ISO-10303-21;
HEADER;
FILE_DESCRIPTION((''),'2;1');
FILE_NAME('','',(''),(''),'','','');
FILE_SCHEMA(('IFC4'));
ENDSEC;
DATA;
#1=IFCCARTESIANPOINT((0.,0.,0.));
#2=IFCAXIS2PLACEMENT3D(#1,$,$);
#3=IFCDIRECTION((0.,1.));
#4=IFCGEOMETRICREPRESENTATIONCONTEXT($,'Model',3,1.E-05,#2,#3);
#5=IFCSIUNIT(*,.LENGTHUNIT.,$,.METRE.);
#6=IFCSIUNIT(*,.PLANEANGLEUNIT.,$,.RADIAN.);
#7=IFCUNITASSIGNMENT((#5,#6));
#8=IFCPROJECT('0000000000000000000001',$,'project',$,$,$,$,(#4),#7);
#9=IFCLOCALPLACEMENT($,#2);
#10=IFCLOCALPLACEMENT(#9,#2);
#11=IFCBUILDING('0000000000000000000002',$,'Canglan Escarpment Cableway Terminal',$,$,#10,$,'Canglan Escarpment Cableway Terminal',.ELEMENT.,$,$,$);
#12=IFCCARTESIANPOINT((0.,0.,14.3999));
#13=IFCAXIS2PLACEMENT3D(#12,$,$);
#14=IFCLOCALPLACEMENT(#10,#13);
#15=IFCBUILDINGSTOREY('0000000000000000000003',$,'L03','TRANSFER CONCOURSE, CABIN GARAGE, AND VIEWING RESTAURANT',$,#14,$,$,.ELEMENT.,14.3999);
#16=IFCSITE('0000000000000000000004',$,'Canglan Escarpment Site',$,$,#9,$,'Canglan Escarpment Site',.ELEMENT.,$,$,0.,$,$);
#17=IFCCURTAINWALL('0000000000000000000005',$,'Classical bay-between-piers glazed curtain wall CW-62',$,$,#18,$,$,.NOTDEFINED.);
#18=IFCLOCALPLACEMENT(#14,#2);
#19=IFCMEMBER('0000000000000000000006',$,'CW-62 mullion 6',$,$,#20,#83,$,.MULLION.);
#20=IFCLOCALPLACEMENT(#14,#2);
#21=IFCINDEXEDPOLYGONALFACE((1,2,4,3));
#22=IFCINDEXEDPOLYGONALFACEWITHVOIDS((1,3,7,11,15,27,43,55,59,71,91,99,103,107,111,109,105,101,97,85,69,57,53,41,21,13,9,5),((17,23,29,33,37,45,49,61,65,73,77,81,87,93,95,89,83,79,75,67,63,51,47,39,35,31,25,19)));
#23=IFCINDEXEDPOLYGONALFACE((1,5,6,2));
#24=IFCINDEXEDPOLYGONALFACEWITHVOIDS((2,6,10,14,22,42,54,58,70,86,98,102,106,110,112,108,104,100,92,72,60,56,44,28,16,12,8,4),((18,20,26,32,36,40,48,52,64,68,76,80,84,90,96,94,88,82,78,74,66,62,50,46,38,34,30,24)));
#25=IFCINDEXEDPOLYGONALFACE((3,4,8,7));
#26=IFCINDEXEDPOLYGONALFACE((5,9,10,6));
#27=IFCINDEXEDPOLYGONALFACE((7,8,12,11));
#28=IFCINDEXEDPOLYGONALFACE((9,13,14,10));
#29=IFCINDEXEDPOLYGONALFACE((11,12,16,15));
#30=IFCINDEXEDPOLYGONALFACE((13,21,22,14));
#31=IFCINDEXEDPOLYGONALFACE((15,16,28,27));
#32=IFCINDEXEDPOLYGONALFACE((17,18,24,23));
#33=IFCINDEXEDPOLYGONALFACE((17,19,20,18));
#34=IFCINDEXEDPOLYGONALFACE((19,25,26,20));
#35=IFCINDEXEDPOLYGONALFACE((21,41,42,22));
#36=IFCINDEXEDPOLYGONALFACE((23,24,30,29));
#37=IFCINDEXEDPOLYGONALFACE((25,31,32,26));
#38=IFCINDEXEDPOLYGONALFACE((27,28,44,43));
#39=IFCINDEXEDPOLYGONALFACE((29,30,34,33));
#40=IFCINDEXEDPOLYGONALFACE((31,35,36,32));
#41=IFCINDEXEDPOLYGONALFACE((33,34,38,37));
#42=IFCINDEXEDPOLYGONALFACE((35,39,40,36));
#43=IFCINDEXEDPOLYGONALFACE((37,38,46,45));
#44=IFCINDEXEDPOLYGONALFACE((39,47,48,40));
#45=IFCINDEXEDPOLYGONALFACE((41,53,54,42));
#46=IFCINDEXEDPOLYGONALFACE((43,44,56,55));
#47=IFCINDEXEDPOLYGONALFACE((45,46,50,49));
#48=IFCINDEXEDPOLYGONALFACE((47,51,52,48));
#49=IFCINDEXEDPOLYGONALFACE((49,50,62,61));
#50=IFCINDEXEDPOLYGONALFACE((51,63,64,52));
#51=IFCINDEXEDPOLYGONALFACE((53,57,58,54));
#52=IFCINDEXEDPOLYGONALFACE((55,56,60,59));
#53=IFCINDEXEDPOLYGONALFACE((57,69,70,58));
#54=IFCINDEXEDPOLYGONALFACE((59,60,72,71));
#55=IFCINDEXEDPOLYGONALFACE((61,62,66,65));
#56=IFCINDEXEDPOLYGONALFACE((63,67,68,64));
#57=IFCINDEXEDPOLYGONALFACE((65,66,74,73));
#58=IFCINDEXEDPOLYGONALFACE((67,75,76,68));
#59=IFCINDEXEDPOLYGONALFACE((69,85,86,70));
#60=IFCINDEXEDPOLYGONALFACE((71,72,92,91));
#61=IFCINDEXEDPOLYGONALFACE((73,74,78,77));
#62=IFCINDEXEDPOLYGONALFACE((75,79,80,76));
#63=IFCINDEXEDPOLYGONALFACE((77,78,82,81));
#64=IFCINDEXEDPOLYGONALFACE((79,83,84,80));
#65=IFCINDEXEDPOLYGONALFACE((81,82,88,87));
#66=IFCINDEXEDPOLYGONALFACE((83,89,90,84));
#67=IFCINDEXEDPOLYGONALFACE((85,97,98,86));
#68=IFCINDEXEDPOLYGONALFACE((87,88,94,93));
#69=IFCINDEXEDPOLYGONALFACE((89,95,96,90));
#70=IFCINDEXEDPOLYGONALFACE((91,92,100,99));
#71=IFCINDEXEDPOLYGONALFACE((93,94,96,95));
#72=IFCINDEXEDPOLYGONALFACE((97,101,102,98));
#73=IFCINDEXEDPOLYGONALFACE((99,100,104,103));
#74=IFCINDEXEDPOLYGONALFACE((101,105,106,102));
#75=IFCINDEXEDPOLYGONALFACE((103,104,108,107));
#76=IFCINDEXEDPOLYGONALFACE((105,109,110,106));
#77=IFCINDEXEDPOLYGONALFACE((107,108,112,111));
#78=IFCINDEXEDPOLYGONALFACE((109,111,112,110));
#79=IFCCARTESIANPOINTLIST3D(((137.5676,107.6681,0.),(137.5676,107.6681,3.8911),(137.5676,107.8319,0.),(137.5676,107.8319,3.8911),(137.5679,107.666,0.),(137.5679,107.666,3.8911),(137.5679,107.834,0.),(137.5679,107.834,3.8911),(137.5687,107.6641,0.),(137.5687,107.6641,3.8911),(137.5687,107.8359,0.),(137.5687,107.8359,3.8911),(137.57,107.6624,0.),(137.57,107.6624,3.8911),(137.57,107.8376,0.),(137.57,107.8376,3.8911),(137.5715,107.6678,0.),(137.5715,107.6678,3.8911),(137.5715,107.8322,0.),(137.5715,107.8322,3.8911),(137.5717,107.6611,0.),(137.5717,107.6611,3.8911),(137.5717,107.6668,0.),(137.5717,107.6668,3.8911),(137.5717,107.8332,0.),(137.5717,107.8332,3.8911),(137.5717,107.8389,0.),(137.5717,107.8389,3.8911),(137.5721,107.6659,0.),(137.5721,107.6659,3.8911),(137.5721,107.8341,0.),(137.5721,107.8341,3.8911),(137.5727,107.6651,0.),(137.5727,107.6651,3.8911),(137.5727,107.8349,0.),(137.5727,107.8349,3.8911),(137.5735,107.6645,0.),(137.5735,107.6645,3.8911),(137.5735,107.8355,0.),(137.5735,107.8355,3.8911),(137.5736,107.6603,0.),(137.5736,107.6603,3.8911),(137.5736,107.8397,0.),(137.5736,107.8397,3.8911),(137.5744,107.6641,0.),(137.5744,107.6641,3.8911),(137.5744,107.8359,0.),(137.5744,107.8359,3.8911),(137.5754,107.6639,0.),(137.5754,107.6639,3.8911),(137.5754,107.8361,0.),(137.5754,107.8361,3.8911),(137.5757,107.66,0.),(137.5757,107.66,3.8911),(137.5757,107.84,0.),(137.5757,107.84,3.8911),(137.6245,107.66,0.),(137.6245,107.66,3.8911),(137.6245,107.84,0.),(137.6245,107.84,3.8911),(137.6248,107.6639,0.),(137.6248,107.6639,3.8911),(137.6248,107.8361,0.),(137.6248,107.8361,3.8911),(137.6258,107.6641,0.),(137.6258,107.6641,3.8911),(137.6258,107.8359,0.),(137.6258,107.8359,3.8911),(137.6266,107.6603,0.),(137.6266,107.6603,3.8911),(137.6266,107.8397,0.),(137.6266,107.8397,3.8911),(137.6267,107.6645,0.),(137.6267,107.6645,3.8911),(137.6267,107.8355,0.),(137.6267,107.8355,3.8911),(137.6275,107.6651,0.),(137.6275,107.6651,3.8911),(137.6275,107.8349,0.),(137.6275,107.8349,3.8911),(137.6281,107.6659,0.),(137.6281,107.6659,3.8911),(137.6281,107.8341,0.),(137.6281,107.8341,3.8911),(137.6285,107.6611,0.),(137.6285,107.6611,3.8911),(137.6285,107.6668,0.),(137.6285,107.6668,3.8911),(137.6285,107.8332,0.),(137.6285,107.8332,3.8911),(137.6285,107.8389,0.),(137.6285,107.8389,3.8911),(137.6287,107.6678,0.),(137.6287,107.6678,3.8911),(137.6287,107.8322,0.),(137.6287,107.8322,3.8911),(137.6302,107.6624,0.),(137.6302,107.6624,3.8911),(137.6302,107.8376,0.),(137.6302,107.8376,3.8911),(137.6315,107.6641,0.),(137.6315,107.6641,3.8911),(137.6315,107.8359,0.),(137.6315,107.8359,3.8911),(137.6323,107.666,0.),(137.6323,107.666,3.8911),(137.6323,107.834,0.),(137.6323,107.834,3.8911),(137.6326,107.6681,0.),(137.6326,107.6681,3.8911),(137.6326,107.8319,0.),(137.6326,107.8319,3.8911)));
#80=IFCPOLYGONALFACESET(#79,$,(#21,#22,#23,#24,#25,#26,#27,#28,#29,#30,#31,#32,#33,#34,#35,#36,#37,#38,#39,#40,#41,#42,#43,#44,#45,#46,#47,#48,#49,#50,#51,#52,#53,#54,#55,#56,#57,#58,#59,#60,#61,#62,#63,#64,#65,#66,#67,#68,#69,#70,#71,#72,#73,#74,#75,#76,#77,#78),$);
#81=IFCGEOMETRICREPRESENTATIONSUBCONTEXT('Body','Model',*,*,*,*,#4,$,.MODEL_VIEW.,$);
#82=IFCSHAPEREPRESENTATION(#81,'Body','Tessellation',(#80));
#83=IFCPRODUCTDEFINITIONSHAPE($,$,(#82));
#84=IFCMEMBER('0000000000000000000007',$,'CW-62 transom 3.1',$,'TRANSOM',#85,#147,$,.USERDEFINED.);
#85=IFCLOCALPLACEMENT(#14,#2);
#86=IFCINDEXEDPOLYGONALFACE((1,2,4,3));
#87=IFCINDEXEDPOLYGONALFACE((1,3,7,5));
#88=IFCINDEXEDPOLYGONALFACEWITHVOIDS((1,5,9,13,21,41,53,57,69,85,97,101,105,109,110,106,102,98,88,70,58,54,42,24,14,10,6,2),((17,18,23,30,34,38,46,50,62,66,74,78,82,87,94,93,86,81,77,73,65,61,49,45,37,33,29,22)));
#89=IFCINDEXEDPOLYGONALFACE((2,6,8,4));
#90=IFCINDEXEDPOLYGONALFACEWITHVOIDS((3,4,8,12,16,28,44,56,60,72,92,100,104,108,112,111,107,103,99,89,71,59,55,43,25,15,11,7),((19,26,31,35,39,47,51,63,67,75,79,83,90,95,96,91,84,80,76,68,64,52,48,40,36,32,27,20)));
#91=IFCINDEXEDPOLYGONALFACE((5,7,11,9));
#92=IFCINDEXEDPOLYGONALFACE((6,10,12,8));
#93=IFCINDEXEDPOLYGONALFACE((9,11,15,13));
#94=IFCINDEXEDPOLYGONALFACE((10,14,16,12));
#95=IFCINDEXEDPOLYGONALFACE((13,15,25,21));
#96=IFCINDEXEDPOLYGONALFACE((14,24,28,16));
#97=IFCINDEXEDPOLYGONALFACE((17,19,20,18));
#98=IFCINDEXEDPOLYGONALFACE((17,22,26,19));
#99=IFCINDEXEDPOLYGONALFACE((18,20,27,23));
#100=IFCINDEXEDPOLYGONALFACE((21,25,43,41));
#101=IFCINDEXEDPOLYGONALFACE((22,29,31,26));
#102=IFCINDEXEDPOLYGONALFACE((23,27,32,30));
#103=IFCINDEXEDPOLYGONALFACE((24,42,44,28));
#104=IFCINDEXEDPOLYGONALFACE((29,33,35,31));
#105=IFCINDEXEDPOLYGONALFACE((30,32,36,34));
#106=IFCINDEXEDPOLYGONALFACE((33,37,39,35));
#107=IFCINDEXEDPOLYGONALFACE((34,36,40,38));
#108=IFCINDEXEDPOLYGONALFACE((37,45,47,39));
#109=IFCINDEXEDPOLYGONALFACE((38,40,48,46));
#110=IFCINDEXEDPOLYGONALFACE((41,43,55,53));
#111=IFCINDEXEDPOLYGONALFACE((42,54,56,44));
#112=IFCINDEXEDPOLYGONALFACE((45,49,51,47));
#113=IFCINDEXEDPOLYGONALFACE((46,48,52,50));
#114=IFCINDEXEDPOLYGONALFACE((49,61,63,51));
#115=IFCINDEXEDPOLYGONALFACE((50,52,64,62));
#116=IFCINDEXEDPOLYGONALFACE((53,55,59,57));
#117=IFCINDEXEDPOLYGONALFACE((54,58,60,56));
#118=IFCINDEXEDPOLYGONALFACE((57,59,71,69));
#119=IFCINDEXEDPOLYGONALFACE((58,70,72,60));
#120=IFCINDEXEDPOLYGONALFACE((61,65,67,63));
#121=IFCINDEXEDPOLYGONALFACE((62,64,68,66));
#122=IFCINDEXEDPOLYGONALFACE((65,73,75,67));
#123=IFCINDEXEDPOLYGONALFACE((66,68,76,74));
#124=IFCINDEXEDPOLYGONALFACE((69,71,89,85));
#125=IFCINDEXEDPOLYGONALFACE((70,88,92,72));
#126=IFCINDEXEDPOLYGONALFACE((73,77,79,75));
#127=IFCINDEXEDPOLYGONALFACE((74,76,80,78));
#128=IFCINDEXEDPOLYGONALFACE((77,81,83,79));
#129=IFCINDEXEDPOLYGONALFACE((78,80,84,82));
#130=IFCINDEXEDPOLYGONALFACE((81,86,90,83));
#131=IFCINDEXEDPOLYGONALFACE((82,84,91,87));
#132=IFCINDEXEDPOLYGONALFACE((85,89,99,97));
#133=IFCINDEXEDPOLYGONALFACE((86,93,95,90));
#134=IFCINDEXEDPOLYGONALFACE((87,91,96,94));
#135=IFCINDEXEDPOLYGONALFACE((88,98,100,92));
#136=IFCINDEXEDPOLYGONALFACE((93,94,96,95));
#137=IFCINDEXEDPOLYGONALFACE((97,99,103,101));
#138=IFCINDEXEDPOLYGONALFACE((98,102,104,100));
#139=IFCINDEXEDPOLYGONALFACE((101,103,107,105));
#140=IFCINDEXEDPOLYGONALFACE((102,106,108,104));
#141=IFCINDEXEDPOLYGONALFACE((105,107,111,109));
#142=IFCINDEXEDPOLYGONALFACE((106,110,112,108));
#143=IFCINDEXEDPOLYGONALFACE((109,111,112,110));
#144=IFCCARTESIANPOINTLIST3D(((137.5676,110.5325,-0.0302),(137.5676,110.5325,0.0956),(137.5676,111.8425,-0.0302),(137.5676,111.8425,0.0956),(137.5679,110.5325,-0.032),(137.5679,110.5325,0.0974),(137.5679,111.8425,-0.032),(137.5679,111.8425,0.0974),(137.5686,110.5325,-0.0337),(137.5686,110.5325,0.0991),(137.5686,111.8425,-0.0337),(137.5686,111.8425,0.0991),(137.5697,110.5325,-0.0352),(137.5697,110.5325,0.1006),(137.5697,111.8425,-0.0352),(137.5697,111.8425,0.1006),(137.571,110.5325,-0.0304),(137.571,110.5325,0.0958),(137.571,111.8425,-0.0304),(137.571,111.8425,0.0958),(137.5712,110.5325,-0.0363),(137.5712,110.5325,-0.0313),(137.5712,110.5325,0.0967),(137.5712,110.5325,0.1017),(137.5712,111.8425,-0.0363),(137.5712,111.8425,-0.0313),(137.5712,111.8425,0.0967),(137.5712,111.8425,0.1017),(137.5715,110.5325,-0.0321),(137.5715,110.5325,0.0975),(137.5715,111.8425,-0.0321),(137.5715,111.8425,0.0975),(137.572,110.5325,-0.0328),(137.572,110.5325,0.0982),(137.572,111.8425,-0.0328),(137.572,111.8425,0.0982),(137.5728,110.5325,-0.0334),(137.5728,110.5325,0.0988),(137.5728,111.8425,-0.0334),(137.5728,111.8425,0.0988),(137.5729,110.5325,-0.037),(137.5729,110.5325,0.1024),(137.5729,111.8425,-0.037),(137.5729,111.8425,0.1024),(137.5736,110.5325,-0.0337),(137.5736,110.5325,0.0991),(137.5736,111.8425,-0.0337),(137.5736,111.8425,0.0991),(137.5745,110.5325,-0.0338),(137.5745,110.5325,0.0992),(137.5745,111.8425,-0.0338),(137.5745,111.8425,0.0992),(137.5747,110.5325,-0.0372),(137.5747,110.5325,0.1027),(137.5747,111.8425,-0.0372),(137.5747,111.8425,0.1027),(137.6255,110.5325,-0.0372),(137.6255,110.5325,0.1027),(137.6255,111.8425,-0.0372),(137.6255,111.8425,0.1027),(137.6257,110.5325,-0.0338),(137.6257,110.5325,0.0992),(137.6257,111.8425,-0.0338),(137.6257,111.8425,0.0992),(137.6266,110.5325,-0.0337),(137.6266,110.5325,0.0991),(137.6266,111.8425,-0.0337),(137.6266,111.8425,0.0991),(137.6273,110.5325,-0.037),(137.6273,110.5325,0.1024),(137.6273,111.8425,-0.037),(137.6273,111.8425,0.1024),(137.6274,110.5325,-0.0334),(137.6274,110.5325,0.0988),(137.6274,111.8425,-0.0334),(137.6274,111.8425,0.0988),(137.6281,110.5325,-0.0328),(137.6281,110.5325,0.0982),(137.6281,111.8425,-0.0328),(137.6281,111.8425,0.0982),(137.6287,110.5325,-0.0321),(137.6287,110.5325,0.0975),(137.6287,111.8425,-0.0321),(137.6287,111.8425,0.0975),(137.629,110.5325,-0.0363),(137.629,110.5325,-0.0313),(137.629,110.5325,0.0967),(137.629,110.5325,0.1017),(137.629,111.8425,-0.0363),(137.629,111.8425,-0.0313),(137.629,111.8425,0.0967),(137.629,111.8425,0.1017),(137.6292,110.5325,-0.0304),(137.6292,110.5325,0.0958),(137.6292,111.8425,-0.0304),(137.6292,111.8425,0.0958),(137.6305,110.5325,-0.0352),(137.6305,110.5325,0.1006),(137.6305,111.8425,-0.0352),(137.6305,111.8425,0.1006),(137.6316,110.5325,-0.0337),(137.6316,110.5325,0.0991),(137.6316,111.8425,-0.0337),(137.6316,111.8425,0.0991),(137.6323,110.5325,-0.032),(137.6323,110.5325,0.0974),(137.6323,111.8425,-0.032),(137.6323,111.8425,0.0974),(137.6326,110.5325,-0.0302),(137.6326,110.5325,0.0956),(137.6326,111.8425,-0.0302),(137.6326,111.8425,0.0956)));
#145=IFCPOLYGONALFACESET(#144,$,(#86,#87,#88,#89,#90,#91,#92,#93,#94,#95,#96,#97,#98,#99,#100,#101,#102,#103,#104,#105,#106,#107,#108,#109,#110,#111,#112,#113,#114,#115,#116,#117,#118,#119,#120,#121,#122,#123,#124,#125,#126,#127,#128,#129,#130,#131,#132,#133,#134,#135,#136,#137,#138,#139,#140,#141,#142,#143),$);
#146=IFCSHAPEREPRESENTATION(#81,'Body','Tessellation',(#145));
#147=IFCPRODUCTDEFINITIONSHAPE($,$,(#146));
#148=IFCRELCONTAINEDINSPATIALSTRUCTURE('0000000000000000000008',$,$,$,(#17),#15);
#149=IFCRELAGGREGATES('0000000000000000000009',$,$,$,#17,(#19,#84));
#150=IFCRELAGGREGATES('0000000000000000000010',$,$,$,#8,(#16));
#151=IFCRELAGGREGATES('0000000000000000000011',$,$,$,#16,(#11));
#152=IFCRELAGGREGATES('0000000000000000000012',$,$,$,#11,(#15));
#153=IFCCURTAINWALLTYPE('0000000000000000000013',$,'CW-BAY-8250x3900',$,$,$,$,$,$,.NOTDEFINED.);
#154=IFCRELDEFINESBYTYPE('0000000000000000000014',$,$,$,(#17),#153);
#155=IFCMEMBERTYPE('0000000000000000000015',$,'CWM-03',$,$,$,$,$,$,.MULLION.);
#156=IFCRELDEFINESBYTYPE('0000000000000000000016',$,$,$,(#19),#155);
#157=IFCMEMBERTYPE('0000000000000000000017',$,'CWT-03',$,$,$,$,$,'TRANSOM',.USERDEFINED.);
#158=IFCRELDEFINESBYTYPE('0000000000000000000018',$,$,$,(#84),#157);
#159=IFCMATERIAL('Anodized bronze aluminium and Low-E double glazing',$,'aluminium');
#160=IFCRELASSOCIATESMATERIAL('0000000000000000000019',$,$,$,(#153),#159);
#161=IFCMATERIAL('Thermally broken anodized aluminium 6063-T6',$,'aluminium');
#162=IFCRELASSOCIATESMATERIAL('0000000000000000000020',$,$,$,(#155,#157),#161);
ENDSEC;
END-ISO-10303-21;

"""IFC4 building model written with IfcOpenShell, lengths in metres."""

from ifc_helpers import new_model, si_unit, direction, frame, origin, origin_2d, place, context, subcontext, project, spatial, hollow_rectangle, extrude, material, material_profile, profile_set, type_object, element, aggregate, save


model = new_model("IFC4")

# Units and contexts
model_context = context("Model", 3, precision=1e-05, world=origin(), true_north=direction((0.0, 1.0)))
body_context = subcontext(model_context, "Body", "Model", "MODEL_VIEW")
ifc_project = project(units=[si_unit("LENGTHUNIT", "METRE"), si_unit("PLANEANGLEUNIT", "RADIAN")], contexts=[model_context])

# Site, building, storey
site_placement = place(None, origin())
site = spatial("IfcSite", under=ifc_project, at=site_placement, Name="Canglan Escarpment Site", LongName="Canglan Escarpment Site", CompositionType="ELEMENT", RefElevation=0.0)
building_placement = place(site_placement, origin())
building = spatial("IfcBuilding", under=site, at=building_placement, Name="Canglan Escarpment Cableway Terminal", LongName="Canglan Escarpment Cableway Terminal", CompositionType="ELEMENT")
storey_placement = place(building_placement, frame((0.0, 0.0, 14.3999)))
storey = spatial("IfcBuildingStorey", under=building, at=storey_placement, Name="L03", Description="TRANSFER CONCOURSE, CABIN GARAGE, AND VIEWING RESTAURANT", CompositionType="ELEMENT", Elevation=14.3999)

# Curtain wall, members
ifc_material_1 = material(Name="Anodized bronze aluminium and Low-E double glazing", Category="aluminium")
curtain_wall_type = type_object("IfcCurtainWallType", Name="CW-BAY-8250x3900", PredefinedType="NOTDEFINED", material=ifc_material_1)
curtain_wall_placement = place(storey_placement, origin())
curtain_wall = element("IfcCurtainWall", 1, at=curtain_wall_placement, inside=storey, type_object=curtain_wall_type, Name="Classical bay-between-piers glazed curtain wall CW-62", PredefinedType="NOTDEFINED")
ifc_material_2 = material(Name="Thermally broken anodized aluminium 6063-T6", Category="aluminium")
ifc_material_profile_1 = material_profile(ifc_material_2, hollow_rectangle(XDim=0.0649, YDim=0.1799, WallThickness=0.0039, InnerFilletRadius=0.0039, OuterFilletRadius=0.0081, at=origin_2d()), Name="ALU-MULL 65x180x4")
ifc_profile_set_1 = profile_set([ifc_material_profile_1], Name="Thermally broken anodized aluminium 6063-T6")
member_type_1 = type_object("IfcMemberType", Name="CWM-03", PredefinedType="MULLION", material=ifc_profile_set_1)
member_1_placement = place(storey_placement, frame((137.6001, 107.75, 0.0), z_axis=(0.0, 0.0, 1.0), x_axis=(1.0, 0.0, 0.0)))
member_1 = element("IfcMember", 2, at=member_1_placement, type_object=member_type_1, Name="CW-62 mullion 6", PredefinedType="MULLION", context=body_context, shape_type="SweptSolid", body=[
    extrude(hollow_rectangle(XDim=0.0649, YDim=0.1799, WallThickness=0.0039, InnerFilletRadius=0.0039, OuterFilletRadius=0.0081, at=origin_2d()), origin(), (0.0, 0.0, 1.0), 3.8911),
])
ifc_material_profile_2 = material_profile(ifc_material_2, hollow_rectangle(XDim=0.0649, YDim=0.1399, WallThickness=0.0034, InnerFilletRadius=0.0034, OuterFilletRadius=0.0071, at=origin_2d()), Name="ALU-TRAN 65x140x3.5")
ifc_profile_set_2 = profile_set([ifc_material_profile_2], Name="Thermally broken anodized aluminium 6063-T6")
member_type_2 = type_object("IfcMemberType", Name="CWT-03", ElementType="TRANSOM", PredefinedType="USERDEFINED", material=ifc_profile_set_2)
member_2_placement = place(storey_placement, frame((137.6001, 111.8425, 0.0327), z_axis=(0.0, -1.0, 0.0), x_axis=(1.0, 0.0, 0.0)))
member_2 = element("IfcMember", 3, at=member_2_placement, type_object=member_type_2, Name="CW-62 transom 3.1", ObjectType="TRANSOM", PredefinedType="USERDEFINED", context=body_context, shape_type="SweptSolid", body=[
    extrude(hollow_rectangle(XDim=0.0649, YDim=0.1399, WallThickness=0.0034, InnerFilletRadius=0.0034, OuterFilletRadius=0.0071, at=origin_2d()), origin(), (0.0, 0.0, 1.0), 1.3101),
])

aggregate(curtain_wall, [member_1, member_2])

save(model, "model.ifc")
